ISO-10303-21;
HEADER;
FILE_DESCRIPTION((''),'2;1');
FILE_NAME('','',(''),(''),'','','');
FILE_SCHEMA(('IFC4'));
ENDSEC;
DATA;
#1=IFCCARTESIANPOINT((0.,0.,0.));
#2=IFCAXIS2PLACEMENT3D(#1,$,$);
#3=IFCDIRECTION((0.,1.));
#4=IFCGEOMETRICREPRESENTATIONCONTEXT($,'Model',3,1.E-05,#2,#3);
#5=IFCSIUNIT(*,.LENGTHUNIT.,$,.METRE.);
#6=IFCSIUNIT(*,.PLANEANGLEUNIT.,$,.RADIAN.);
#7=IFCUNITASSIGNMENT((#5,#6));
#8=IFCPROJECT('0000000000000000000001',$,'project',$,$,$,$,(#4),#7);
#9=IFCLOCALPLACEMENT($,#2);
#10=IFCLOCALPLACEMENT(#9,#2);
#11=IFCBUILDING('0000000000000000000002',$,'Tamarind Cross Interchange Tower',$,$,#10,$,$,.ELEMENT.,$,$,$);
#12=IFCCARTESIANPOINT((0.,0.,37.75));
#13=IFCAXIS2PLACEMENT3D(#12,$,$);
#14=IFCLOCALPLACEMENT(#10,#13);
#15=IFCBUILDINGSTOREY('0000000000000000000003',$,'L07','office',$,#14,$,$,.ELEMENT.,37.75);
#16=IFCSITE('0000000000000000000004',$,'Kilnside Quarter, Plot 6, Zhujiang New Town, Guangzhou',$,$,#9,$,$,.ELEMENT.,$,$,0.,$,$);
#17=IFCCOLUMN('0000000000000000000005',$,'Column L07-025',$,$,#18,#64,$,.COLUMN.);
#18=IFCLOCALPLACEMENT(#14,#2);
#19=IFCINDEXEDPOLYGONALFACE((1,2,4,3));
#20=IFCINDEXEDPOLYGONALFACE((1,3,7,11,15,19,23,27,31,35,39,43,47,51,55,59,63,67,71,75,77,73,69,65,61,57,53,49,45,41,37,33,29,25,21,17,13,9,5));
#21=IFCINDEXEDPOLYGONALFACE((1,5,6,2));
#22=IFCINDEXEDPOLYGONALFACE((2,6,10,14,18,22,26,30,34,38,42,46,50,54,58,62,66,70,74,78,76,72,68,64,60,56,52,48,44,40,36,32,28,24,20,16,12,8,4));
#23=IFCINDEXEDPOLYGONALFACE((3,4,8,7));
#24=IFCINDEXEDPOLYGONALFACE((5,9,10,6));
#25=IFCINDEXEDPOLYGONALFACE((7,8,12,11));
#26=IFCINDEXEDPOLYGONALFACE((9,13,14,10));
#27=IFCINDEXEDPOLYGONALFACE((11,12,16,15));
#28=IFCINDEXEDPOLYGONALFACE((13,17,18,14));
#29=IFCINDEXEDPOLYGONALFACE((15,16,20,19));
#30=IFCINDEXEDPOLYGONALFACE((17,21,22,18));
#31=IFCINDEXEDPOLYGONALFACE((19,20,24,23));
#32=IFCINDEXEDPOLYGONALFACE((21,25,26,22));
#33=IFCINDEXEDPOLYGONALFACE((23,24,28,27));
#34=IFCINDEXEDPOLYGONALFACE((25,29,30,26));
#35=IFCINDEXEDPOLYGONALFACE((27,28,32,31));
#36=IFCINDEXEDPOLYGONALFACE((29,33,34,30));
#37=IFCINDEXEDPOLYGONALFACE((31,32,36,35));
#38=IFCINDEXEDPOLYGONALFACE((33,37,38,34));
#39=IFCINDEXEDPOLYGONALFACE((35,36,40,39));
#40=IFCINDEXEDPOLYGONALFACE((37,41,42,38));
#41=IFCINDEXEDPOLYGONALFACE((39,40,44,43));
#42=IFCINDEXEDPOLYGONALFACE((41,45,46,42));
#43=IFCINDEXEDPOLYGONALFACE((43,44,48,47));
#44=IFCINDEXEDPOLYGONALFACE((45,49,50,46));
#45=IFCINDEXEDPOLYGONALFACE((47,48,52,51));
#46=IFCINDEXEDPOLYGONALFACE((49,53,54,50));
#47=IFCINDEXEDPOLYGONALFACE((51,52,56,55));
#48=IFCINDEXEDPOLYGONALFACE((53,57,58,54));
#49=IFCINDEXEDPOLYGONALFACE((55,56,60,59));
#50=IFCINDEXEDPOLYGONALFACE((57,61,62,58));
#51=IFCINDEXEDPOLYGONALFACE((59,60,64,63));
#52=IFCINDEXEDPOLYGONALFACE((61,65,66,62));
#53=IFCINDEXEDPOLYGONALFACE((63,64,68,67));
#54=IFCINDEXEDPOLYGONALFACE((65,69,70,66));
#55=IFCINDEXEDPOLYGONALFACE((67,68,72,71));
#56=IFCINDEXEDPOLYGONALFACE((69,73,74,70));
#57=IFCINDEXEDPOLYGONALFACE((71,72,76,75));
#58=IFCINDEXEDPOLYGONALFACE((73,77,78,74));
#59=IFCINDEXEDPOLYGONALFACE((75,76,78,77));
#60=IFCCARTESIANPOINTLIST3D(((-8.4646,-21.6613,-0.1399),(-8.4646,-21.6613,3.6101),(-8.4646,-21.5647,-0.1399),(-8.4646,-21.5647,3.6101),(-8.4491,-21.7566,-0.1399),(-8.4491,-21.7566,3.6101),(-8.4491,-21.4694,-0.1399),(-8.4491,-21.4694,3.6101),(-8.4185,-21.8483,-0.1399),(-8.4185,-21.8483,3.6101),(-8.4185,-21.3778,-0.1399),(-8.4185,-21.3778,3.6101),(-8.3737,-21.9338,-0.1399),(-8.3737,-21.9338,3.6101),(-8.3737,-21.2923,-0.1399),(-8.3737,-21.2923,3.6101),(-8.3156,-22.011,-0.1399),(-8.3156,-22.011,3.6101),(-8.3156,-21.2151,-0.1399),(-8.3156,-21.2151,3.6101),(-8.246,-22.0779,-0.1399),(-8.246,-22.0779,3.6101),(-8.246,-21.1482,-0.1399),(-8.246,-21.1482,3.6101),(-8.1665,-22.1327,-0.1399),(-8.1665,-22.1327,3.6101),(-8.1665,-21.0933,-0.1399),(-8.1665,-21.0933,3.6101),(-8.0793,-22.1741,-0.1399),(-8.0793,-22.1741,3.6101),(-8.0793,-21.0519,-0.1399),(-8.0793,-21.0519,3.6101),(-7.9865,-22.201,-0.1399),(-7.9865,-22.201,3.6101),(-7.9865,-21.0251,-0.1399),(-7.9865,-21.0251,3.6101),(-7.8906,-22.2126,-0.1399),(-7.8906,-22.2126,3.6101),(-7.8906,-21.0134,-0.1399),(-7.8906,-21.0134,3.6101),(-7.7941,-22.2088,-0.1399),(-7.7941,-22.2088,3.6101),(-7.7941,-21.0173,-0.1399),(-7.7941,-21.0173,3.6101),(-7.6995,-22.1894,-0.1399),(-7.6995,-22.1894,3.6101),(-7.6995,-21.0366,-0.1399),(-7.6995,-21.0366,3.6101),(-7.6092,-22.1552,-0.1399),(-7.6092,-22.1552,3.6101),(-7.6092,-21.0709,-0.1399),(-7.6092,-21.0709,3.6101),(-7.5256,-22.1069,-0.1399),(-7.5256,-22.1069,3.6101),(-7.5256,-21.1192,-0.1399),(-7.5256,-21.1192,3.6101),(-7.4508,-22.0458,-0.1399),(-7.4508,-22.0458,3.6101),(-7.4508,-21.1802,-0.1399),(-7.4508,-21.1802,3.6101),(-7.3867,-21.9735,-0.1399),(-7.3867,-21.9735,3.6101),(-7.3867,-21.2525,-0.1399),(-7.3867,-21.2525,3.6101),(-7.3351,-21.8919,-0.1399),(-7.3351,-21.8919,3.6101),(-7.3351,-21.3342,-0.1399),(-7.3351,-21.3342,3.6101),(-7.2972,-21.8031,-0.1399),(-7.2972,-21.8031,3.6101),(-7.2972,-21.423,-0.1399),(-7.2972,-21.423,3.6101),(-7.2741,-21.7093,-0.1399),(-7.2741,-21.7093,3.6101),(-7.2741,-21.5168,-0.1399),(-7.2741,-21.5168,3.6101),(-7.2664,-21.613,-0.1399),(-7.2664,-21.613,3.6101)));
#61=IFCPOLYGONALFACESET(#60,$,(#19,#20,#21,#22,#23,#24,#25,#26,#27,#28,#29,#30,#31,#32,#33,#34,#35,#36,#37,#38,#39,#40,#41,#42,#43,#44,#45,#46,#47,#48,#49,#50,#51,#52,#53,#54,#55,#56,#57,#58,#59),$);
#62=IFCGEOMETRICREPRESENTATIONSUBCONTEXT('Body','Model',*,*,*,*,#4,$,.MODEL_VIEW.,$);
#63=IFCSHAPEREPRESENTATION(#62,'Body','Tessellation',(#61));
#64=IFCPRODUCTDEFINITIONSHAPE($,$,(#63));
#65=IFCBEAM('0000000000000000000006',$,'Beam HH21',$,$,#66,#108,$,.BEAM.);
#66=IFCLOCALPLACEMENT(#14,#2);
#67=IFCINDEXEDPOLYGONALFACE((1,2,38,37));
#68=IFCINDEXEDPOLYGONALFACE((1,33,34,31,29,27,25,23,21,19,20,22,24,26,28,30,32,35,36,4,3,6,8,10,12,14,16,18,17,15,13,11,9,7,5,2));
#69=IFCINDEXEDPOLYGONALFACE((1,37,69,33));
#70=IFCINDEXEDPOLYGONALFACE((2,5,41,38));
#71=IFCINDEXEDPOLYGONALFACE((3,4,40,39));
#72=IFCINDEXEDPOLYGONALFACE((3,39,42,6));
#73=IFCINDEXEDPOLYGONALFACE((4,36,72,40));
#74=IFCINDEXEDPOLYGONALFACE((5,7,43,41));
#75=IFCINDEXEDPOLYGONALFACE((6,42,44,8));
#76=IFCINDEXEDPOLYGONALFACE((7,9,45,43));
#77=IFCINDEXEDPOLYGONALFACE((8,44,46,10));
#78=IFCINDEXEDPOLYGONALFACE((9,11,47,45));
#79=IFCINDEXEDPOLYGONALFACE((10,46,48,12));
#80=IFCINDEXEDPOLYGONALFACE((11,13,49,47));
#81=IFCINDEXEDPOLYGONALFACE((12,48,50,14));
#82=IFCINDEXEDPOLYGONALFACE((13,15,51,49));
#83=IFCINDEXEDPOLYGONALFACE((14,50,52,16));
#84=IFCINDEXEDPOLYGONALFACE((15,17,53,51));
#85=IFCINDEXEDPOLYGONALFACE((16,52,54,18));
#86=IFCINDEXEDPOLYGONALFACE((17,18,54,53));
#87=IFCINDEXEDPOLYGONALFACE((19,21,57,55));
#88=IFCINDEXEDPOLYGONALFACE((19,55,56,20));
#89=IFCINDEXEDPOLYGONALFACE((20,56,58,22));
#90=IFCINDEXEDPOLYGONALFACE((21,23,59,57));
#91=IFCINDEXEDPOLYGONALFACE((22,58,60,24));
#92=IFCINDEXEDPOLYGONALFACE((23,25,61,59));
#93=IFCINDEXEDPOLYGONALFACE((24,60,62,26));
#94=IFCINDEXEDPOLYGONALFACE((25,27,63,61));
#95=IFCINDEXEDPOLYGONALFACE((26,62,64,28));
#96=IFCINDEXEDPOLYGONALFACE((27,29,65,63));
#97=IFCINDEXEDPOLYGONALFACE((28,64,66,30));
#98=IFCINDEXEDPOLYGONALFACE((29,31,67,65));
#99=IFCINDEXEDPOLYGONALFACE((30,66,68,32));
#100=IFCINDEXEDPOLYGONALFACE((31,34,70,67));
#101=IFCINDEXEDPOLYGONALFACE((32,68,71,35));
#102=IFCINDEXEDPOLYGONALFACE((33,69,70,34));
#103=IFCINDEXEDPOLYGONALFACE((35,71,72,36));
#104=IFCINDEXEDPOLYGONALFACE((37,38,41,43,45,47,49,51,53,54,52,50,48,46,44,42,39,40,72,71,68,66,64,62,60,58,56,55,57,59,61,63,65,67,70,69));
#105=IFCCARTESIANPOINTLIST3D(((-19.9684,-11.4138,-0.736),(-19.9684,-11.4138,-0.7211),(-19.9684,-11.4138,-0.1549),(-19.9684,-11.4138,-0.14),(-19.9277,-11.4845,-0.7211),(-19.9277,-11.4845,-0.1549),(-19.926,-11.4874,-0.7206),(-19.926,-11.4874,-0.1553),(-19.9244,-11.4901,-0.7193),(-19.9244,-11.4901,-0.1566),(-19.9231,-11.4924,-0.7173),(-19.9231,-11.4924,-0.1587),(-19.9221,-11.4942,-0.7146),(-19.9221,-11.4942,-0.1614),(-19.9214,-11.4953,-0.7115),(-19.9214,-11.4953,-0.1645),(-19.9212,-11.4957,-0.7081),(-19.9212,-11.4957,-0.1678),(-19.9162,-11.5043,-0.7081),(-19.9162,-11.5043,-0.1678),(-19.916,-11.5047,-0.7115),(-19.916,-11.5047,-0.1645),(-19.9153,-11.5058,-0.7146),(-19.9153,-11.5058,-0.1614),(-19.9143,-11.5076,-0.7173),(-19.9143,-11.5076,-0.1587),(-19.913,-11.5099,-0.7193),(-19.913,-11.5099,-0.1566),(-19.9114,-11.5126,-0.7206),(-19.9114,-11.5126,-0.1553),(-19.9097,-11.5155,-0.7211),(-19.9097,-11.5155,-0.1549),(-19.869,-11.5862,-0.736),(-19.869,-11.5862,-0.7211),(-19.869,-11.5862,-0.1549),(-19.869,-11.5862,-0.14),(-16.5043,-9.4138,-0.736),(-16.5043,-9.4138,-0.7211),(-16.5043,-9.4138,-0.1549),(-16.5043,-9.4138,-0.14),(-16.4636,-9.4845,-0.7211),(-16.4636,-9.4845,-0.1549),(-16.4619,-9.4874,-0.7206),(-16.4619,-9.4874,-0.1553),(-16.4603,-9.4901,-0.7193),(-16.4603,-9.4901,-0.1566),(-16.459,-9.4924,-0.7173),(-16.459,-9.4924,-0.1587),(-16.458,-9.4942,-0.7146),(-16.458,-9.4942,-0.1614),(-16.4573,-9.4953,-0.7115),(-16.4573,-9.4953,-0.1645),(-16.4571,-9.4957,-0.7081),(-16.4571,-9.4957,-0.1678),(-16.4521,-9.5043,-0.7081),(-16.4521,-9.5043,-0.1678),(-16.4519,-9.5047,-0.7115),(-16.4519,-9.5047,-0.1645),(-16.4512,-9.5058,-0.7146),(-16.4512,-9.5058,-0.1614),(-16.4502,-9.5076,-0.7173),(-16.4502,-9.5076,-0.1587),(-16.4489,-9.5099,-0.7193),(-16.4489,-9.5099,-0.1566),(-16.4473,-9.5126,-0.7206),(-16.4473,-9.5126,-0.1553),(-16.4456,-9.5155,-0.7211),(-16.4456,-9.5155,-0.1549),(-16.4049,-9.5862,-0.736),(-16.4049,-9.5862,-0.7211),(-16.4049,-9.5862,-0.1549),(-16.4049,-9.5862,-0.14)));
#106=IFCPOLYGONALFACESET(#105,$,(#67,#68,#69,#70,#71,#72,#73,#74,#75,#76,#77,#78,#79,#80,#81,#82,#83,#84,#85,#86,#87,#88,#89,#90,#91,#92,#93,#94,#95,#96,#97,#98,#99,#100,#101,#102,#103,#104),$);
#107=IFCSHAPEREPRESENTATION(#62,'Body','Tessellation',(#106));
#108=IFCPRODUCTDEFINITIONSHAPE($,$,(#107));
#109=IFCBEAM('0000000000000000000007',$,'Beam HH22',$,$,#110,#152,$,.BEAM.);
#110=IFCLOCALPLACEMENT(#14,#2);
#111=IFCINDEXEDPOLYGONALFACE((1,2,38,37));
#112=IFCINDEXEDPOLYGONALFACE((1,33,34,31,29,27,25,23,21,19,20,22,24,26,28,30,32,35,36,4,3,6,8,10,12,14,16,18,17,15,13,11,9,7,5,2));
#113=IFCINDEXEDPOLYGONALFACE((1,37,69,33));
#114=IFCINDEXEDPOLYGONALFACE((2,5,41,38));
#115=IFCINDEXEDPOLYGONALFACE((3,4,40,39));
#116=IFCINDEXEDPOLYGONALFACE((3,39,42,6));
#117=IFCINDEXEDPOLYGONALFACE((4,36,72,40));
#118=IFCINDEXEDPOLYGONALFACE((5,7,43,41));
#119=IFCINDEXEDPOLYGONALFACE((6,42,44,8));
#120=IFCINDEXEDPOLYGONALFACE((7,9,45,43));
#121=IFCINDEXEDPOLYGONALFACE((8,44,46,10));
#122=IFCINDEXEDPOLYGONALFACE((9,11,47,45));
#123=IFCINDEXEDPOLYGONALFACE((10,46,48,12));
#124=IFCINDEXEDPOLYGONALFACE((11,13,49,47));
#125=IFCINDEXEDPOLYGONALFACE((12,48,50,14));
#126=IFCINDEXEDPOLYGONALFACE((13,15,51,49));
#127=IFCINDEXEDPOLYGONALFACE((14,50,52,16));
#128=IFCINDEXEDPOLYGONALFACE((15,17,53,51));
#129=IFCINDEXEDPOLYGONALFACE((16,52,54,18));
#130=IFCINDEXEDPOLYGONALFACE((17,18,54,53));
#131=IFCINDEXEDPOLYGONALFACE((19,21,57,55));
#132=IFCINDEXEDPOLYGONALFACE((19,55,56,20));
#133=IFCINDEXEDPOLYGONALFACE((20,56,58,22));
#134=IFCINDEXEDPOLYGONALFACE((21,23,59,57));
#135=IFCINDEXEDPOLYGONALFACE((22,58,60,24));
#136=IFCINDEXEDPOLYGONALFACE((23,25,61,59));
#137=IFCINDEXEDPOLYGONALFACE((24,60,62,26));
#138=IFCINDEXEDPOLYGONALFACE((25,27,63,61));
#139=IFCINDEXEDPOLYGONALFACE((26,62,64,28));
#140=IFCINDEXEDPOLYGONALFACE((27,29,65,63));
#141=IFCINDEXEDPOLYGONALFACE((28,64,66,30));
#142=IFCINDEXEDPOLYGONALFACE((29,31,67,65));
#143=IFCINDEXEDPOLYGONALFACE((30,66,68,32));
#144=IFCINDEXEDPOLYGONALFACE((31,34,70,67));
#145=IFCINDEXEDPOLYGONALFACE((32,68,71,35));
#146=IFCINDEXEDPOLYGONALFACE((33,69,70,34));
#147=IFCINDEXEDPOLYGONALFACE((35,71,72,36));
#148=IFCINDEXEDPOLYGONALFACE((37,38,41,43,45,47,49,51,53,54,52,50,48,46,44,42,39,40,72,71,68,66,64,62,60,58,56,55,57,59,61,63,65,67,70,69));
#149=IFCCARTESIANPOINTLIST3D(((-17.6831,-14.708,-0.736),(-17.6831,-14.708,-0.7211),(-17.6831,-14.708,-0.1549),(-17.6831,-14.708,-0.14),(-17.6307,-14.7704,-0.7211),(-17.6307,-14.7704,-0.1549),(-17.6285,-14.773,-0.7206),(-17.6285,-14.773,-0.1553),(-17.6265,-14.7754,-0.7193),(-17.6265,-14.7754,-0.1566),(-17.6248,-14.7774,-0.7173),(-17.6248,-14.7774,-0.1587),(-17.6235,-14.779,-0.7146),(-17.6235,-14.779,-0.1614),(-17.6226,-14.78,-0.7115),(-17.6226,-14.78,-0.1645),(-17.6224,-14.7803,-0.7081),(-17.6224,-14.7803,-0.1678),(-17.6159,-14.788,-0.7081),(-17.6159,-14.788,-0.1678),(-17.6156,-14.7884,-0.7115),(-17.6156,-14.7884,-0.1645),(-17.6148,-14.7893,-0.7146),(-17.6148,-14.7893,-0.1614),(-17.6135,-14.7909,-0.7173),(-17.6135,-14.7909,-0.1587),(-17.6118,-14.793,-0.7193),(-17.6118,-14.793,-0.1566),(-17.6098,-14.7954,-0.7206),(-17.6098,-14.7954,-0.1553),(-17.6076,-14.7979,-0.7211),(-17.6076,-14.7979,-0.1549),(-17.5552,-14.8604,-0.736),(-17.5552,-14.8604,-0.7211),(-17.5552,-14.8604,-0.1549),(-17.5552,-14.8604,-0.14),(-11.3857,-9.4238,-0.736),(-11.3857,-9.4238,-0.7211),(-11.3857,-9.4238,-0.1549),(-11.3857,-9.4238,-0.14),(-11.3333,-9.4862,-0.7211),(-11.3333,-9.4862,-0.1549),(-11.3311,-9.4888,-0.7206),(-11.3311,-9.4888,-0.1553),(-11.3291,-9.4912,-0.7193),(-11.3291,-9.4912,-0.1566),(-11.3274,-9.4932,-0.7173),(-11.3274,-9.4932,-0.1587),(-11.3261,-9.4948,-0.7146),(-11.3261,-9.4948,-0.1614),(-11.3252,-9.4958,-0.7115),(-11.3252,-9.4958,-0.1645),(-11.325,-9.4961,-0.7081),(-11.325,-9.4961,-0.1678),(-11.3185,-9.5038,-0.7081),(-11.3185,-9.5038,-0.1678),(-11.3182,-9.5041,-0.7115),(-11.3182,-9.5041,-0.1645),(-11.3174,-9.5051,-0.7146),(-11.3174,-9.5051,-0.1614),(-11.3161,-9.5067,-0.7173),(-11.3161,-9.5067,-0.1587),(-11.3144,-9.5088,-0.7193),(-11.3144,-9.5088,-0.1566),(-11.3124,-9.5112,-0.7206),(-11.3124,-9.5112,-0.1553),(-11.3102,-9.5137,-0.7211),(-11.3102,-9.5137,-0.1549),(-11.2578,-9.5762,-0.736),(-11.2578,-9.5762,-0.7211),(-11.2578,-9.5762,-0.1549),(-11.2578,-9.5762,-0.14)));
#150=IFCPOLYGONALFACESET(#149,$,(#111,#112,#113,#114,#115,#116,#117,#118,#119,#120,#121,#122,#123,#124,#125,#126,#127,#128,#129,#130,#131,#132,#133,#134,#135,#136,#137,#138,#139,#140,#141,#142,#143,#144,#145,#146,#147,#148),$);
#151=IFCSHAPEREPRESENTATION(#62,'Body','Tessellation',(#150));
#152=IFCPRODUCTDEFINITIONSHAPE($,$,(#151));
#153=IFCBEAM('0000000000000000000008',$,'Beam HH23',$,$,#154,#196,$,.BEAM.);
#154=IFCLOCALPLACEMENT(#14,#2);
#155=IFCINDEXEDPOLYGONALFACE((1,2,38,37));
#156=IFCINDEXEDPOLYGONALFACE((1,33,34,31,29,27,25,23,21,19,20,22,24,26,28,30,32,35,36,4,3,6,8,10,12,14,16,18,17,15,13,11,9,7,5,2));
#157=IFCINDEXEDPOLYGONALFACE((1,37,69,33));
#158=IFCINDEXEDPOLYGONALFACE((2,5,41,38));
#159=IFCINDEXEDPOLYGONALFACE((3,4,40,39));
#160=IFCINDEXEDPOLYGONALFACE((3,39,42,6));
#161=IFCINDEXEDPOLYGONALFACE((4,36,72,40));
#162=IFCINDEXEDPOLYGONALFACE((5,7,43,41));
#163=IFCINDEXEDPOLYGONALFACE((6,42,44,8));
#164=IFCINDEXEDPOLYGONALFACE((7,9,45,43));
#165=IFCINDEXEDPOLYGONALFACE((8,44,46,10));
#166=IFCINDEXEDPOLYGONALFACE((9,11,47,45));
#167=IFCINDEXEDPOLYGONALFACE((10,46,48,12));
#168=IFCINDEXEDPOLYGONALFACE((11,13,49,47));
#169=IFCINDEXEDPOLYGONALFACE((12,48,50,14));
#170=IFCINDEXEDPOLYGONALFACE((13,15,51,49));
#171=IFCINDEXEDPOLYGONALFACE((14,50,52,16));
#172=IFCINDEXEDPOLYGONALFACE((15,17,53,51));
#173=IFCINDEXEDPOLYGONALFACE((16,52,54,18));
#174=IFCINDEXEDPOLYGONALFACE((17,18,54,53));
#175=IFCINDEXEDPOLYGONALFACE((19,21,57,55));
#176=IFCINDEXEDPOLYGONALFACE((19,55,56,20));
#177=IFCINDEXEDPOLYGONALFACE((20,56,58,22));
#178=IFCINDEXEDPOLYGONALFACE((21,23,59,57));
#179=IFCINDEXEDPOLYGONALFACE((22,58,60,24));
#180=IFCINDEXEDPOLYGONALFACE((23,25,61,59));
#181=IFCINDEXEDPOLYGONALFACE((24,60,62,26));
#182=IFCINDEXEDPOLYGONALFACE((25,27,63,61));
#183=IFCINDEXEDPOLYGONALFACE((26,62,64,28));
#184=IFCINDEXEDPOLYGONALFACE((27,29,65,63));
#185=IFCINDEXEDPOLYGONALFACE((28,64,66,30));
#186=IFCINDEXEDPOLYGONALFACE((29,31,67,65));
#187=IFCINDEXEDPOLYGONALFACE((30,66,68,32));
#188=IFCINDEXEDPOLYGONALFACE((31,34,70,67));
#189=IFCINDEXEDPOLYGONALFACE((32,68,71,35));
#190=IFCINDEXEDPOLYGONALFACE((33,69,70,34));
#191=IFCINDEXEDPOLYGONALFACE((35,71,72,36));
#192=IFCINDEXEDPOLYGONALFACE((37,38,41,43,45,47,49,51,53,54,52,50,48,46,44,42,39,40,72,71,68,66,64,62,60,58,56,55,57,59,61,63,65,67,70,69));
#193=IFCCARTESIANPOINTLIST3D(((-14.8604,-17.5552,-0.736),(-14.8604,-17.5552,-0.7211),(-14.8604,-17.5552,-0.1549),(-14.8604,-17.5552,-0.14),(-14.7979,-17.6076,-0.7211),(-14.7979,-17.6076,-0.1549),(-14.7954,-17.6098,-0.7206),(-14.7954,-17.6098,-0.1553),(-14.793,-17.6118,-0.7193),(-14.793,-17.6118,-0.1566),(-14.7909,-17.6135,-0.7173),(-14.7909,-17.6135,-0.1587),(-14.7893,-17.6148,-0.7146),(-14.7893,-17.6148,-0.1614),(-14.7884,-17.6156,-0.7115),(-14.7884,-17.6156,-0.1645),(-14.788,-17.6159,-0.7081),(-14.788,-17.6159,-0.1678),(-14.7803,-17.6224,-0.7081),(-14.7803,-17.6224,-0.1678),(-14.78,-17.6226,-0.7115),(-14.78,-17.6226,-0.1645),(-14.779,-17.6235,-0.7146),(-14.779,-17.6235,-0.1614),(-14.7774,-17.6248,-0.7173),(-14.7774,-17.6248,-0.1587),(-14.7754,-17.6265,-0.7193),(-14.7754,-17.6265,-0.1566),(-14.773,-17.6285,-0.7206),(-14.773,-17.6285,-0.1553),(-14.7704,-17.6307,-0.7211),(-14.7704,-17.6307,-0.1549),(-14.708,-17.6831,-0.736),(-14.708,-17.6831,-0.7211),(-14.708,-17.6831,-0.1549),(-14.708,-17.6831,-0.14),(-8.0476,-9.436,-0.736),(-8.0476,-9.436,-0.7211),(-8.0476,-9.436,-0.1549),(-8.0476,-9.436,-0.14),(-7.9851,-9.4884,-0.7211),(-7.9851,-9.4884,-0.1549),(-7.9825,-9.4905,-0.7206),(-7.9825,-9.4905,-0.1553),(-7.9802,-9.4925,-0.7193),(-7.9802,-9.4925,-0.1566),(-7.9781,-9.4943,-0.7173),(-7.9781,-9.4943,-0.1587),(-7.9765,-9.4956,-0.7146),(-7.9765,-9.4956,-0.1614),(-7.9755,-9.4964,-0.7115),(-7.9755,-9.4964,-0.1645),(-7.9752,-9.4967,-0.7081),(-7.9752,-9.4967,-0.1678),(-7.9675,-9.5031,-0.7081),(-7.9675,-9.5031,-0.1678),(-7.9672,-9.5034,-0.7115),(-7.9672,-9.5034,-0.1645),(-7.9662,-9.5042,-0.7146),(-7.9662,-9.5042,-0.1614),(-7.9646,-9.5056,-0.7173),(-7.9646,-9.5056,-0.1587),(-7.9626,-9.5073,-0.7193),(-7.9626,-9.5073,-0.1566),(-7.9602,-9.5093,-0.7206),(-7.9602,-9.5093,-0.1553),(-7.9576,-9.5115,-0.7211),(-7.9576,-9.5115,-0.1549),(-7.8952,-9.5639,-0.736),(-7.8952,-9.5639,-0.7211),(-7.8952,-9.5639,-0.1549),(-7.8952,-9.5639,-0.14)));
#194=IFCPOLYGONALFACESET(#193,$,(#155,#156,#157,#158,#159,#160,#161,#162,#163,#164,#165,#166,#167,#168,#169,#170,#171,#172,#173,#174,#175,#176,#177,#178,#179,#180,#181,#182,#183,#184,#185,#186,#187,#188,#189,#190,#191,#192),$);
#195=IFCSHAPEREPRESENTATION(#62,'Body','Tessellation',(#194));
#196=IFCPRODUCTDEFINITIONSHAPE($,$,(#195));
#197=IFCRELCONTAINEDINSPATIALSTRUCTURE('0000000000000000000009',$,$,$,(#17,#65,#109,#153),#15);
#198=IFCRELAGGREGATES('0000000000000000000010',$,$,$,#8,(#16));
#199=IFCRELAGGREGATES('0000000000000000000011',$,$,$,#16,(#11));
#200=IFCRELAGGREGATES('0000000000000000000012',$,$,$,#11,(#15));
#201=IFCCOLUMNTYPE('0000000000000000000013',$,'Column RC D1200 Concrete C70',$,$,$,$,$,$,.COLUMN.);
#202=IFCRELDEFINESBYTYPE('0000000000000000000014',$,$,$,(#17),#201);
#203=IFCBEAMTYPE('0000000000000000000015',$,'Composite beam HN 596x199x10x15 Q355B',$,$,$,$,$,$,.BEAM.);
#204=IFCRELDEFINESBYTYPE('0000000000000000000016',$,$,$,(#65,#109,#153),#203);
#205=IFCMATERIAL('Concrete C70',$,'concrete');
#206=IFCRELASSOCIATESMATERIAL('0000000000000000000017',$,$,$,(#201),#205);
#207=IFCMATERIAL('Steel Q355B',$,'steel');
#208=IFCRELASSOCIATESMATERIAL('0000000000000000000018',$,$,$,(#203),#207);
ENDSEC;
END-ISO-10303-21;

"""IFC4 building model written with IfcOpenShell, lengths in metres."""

from ifc_helpers import new_model, si_unit, direction, frame, origin, origin_2d, place, context, subcontext, project, spatial, circle, i_section, extrude, material, material_profile, profile_set, type_object, element, save


model = new_model("IFC4")

# Units and contexts
model_context = context("Model", 3, precision=1e-05, world=origin(), true_north=direction((0.0, 1.0)))
body_context = subcontext(model_context, "Body", "Model", "MODEL_VIEW")
ifc_project = project(units=[si_unit("LENGTHUNIT", "METRE"), si_unit("PLANEANGLEUNIT", "RADIAN")], contexts=[model_context])

# Site, building, storey
site_placement = place(None, origin())
site = spatial("IfcSite", under=ifc_project, at=site_placement, Name="Kilnside Quarter, Plot 6, Zhujiang New Town, Guangzhou", CompositionType="ELEMENT", RefElevation=0.0)
building_placement = place(site_placement, origin())
building = spatial("IfcBuilding", under=site, at=building_placement, Name="Tamarind Cross Interchange Tower", CompositionType="ELEMENT")
storey_placement = place(building_placement, frame((0.0, 0.0, 37.75)))
storey = spatial("IfcBuildingStorey", under=building, at=storey_placement, Name="L07", Description="office", CompositionType="ELEMENT", Elevation=37.75)

# Column
ifc_material_1 = material(Name="Concrete C70", Category="concrete")
ifc_material_profile_1 = material_profile(ifc_material_1, circle(Radius=0.6001, at=origin_2d()), Name="RC D1200")
ifc_profile_set_1 = profile_set([ifc_material_profile_1], Name="Concrete C70")
column_type = type_object("IfcColumnType", Name="Column RC D1200 Concrete C70", PredefinedType="COLUMN", material=ifc_profile_set_1)
for number, where, z_axis, x_axis, name in (
    (1, (-7.8665, -21.613, -0.1399), (0.0, 0.0, 1.0), (1.0, 0.0, 0.0), "Column L07-025"),
):
    element("IfcColumn", number, at=place(storey_placement, frame(where, z_axis=z_axis, x_axis=x_axis)), inside=storey, type_object=column_type, Name=name, PredefinedType="COLUMN", context=body_context, shape_type="SweptSolid", body=[
        extrude(circle(Radius=0.6001, at=origin_2d()), origin(), (0.0, 0.0, 1.0), 3.75),
    ])

# Beams
ifc_material_2 = material(Name="Steel Q355B", Category="steel")
ifc_material_profile_2 = material_profile(ifc_material_2, i_section(OverallWidth=0.199, OverallDepth=0.5959, WebThickness=0.01, FlangeThickness=0.0149, FilletRadius=0.0129, at=origin_2d()), Name="HN 596x199x10x15")
ifc_profile_set_2 = profile_set([ifc_material_profile_2], Name="Steel Q355B")
beam_type = type_object("IfcBeamType", Name="Composite beam HN 596x199x10x15 Q355B", PredefinedType="BEAM", material=ifc_profile_set_2)
beam_1_placement = place(storey_placement, frame((-19.9187, -11.5, -0.438), z_axis=(0.866026, 0.499999, 0.0), x_axis=(-0.499999, 0.866026, 0.0)))
element("IfcBeam", 2, at=beam_1_placement, inside=storey, type_object=beam_type, Name="Beam HH21", PredefinedType="BEAM", context=body_context, shape_type="SweptSolid", body=[
    extrude(i_section(OverallWidth=0.199, OverallDepth=0.5959, WebThickness=0.01, FlangeThickness=0.0149, FilletRadius=0.0129, at=origin_2d()), origin(), (0.0, 0.0, 1.0), 4.0),
])
beam_2_placement = place(storey_placement, frame((-17.6191, -14.7842, -0.438), z_axis=(0.766041, 0.642792, 0.0), x_axis=(-0.642792, 0.766041, 0.0)))
element("IfcBeam", 3, at=beam_2_placement, inside=storey, type_object=beam_type, Name="Beam HH22", PredefinedType="BEAM", context=body_context, shape_type="SweptSolid", body=[
    extrude(i_section(OverallWidth=0.199, OverallDepth=0.5959, WebThickness=0.01, FlangeThickness=0.0149, FilletRadius=0.0129, at=origin_2d()), origin(), (0.0, 0.0, 1.0), 8.2207),
])
beam_3_placement = place(storey_placement, frame((-14.7842, -17.6191, -0.438), z_axis=(0.642786, 0.766046, 0.0), x_axis=(-0.766046, 0.642786, 0.0)))
element("IfcBeam", 4, at=beam_3_placement, inside=storey, type_object=beam_type, Name="Beam HH23", PredefinedType="BEAM", context=body_context, shape_type="SweptSolid", body=[
    extrude(i_section(OverallWidth=0.199, OverallDepth=0.5959, WebThickness=0.01, FlangeThickness=0.0149, FilletRadius=0.0129, at=origin_2d()), origin(), (0.0, 0.0, 1.0), 10.5989),
])

save(model, "model.ifc")
